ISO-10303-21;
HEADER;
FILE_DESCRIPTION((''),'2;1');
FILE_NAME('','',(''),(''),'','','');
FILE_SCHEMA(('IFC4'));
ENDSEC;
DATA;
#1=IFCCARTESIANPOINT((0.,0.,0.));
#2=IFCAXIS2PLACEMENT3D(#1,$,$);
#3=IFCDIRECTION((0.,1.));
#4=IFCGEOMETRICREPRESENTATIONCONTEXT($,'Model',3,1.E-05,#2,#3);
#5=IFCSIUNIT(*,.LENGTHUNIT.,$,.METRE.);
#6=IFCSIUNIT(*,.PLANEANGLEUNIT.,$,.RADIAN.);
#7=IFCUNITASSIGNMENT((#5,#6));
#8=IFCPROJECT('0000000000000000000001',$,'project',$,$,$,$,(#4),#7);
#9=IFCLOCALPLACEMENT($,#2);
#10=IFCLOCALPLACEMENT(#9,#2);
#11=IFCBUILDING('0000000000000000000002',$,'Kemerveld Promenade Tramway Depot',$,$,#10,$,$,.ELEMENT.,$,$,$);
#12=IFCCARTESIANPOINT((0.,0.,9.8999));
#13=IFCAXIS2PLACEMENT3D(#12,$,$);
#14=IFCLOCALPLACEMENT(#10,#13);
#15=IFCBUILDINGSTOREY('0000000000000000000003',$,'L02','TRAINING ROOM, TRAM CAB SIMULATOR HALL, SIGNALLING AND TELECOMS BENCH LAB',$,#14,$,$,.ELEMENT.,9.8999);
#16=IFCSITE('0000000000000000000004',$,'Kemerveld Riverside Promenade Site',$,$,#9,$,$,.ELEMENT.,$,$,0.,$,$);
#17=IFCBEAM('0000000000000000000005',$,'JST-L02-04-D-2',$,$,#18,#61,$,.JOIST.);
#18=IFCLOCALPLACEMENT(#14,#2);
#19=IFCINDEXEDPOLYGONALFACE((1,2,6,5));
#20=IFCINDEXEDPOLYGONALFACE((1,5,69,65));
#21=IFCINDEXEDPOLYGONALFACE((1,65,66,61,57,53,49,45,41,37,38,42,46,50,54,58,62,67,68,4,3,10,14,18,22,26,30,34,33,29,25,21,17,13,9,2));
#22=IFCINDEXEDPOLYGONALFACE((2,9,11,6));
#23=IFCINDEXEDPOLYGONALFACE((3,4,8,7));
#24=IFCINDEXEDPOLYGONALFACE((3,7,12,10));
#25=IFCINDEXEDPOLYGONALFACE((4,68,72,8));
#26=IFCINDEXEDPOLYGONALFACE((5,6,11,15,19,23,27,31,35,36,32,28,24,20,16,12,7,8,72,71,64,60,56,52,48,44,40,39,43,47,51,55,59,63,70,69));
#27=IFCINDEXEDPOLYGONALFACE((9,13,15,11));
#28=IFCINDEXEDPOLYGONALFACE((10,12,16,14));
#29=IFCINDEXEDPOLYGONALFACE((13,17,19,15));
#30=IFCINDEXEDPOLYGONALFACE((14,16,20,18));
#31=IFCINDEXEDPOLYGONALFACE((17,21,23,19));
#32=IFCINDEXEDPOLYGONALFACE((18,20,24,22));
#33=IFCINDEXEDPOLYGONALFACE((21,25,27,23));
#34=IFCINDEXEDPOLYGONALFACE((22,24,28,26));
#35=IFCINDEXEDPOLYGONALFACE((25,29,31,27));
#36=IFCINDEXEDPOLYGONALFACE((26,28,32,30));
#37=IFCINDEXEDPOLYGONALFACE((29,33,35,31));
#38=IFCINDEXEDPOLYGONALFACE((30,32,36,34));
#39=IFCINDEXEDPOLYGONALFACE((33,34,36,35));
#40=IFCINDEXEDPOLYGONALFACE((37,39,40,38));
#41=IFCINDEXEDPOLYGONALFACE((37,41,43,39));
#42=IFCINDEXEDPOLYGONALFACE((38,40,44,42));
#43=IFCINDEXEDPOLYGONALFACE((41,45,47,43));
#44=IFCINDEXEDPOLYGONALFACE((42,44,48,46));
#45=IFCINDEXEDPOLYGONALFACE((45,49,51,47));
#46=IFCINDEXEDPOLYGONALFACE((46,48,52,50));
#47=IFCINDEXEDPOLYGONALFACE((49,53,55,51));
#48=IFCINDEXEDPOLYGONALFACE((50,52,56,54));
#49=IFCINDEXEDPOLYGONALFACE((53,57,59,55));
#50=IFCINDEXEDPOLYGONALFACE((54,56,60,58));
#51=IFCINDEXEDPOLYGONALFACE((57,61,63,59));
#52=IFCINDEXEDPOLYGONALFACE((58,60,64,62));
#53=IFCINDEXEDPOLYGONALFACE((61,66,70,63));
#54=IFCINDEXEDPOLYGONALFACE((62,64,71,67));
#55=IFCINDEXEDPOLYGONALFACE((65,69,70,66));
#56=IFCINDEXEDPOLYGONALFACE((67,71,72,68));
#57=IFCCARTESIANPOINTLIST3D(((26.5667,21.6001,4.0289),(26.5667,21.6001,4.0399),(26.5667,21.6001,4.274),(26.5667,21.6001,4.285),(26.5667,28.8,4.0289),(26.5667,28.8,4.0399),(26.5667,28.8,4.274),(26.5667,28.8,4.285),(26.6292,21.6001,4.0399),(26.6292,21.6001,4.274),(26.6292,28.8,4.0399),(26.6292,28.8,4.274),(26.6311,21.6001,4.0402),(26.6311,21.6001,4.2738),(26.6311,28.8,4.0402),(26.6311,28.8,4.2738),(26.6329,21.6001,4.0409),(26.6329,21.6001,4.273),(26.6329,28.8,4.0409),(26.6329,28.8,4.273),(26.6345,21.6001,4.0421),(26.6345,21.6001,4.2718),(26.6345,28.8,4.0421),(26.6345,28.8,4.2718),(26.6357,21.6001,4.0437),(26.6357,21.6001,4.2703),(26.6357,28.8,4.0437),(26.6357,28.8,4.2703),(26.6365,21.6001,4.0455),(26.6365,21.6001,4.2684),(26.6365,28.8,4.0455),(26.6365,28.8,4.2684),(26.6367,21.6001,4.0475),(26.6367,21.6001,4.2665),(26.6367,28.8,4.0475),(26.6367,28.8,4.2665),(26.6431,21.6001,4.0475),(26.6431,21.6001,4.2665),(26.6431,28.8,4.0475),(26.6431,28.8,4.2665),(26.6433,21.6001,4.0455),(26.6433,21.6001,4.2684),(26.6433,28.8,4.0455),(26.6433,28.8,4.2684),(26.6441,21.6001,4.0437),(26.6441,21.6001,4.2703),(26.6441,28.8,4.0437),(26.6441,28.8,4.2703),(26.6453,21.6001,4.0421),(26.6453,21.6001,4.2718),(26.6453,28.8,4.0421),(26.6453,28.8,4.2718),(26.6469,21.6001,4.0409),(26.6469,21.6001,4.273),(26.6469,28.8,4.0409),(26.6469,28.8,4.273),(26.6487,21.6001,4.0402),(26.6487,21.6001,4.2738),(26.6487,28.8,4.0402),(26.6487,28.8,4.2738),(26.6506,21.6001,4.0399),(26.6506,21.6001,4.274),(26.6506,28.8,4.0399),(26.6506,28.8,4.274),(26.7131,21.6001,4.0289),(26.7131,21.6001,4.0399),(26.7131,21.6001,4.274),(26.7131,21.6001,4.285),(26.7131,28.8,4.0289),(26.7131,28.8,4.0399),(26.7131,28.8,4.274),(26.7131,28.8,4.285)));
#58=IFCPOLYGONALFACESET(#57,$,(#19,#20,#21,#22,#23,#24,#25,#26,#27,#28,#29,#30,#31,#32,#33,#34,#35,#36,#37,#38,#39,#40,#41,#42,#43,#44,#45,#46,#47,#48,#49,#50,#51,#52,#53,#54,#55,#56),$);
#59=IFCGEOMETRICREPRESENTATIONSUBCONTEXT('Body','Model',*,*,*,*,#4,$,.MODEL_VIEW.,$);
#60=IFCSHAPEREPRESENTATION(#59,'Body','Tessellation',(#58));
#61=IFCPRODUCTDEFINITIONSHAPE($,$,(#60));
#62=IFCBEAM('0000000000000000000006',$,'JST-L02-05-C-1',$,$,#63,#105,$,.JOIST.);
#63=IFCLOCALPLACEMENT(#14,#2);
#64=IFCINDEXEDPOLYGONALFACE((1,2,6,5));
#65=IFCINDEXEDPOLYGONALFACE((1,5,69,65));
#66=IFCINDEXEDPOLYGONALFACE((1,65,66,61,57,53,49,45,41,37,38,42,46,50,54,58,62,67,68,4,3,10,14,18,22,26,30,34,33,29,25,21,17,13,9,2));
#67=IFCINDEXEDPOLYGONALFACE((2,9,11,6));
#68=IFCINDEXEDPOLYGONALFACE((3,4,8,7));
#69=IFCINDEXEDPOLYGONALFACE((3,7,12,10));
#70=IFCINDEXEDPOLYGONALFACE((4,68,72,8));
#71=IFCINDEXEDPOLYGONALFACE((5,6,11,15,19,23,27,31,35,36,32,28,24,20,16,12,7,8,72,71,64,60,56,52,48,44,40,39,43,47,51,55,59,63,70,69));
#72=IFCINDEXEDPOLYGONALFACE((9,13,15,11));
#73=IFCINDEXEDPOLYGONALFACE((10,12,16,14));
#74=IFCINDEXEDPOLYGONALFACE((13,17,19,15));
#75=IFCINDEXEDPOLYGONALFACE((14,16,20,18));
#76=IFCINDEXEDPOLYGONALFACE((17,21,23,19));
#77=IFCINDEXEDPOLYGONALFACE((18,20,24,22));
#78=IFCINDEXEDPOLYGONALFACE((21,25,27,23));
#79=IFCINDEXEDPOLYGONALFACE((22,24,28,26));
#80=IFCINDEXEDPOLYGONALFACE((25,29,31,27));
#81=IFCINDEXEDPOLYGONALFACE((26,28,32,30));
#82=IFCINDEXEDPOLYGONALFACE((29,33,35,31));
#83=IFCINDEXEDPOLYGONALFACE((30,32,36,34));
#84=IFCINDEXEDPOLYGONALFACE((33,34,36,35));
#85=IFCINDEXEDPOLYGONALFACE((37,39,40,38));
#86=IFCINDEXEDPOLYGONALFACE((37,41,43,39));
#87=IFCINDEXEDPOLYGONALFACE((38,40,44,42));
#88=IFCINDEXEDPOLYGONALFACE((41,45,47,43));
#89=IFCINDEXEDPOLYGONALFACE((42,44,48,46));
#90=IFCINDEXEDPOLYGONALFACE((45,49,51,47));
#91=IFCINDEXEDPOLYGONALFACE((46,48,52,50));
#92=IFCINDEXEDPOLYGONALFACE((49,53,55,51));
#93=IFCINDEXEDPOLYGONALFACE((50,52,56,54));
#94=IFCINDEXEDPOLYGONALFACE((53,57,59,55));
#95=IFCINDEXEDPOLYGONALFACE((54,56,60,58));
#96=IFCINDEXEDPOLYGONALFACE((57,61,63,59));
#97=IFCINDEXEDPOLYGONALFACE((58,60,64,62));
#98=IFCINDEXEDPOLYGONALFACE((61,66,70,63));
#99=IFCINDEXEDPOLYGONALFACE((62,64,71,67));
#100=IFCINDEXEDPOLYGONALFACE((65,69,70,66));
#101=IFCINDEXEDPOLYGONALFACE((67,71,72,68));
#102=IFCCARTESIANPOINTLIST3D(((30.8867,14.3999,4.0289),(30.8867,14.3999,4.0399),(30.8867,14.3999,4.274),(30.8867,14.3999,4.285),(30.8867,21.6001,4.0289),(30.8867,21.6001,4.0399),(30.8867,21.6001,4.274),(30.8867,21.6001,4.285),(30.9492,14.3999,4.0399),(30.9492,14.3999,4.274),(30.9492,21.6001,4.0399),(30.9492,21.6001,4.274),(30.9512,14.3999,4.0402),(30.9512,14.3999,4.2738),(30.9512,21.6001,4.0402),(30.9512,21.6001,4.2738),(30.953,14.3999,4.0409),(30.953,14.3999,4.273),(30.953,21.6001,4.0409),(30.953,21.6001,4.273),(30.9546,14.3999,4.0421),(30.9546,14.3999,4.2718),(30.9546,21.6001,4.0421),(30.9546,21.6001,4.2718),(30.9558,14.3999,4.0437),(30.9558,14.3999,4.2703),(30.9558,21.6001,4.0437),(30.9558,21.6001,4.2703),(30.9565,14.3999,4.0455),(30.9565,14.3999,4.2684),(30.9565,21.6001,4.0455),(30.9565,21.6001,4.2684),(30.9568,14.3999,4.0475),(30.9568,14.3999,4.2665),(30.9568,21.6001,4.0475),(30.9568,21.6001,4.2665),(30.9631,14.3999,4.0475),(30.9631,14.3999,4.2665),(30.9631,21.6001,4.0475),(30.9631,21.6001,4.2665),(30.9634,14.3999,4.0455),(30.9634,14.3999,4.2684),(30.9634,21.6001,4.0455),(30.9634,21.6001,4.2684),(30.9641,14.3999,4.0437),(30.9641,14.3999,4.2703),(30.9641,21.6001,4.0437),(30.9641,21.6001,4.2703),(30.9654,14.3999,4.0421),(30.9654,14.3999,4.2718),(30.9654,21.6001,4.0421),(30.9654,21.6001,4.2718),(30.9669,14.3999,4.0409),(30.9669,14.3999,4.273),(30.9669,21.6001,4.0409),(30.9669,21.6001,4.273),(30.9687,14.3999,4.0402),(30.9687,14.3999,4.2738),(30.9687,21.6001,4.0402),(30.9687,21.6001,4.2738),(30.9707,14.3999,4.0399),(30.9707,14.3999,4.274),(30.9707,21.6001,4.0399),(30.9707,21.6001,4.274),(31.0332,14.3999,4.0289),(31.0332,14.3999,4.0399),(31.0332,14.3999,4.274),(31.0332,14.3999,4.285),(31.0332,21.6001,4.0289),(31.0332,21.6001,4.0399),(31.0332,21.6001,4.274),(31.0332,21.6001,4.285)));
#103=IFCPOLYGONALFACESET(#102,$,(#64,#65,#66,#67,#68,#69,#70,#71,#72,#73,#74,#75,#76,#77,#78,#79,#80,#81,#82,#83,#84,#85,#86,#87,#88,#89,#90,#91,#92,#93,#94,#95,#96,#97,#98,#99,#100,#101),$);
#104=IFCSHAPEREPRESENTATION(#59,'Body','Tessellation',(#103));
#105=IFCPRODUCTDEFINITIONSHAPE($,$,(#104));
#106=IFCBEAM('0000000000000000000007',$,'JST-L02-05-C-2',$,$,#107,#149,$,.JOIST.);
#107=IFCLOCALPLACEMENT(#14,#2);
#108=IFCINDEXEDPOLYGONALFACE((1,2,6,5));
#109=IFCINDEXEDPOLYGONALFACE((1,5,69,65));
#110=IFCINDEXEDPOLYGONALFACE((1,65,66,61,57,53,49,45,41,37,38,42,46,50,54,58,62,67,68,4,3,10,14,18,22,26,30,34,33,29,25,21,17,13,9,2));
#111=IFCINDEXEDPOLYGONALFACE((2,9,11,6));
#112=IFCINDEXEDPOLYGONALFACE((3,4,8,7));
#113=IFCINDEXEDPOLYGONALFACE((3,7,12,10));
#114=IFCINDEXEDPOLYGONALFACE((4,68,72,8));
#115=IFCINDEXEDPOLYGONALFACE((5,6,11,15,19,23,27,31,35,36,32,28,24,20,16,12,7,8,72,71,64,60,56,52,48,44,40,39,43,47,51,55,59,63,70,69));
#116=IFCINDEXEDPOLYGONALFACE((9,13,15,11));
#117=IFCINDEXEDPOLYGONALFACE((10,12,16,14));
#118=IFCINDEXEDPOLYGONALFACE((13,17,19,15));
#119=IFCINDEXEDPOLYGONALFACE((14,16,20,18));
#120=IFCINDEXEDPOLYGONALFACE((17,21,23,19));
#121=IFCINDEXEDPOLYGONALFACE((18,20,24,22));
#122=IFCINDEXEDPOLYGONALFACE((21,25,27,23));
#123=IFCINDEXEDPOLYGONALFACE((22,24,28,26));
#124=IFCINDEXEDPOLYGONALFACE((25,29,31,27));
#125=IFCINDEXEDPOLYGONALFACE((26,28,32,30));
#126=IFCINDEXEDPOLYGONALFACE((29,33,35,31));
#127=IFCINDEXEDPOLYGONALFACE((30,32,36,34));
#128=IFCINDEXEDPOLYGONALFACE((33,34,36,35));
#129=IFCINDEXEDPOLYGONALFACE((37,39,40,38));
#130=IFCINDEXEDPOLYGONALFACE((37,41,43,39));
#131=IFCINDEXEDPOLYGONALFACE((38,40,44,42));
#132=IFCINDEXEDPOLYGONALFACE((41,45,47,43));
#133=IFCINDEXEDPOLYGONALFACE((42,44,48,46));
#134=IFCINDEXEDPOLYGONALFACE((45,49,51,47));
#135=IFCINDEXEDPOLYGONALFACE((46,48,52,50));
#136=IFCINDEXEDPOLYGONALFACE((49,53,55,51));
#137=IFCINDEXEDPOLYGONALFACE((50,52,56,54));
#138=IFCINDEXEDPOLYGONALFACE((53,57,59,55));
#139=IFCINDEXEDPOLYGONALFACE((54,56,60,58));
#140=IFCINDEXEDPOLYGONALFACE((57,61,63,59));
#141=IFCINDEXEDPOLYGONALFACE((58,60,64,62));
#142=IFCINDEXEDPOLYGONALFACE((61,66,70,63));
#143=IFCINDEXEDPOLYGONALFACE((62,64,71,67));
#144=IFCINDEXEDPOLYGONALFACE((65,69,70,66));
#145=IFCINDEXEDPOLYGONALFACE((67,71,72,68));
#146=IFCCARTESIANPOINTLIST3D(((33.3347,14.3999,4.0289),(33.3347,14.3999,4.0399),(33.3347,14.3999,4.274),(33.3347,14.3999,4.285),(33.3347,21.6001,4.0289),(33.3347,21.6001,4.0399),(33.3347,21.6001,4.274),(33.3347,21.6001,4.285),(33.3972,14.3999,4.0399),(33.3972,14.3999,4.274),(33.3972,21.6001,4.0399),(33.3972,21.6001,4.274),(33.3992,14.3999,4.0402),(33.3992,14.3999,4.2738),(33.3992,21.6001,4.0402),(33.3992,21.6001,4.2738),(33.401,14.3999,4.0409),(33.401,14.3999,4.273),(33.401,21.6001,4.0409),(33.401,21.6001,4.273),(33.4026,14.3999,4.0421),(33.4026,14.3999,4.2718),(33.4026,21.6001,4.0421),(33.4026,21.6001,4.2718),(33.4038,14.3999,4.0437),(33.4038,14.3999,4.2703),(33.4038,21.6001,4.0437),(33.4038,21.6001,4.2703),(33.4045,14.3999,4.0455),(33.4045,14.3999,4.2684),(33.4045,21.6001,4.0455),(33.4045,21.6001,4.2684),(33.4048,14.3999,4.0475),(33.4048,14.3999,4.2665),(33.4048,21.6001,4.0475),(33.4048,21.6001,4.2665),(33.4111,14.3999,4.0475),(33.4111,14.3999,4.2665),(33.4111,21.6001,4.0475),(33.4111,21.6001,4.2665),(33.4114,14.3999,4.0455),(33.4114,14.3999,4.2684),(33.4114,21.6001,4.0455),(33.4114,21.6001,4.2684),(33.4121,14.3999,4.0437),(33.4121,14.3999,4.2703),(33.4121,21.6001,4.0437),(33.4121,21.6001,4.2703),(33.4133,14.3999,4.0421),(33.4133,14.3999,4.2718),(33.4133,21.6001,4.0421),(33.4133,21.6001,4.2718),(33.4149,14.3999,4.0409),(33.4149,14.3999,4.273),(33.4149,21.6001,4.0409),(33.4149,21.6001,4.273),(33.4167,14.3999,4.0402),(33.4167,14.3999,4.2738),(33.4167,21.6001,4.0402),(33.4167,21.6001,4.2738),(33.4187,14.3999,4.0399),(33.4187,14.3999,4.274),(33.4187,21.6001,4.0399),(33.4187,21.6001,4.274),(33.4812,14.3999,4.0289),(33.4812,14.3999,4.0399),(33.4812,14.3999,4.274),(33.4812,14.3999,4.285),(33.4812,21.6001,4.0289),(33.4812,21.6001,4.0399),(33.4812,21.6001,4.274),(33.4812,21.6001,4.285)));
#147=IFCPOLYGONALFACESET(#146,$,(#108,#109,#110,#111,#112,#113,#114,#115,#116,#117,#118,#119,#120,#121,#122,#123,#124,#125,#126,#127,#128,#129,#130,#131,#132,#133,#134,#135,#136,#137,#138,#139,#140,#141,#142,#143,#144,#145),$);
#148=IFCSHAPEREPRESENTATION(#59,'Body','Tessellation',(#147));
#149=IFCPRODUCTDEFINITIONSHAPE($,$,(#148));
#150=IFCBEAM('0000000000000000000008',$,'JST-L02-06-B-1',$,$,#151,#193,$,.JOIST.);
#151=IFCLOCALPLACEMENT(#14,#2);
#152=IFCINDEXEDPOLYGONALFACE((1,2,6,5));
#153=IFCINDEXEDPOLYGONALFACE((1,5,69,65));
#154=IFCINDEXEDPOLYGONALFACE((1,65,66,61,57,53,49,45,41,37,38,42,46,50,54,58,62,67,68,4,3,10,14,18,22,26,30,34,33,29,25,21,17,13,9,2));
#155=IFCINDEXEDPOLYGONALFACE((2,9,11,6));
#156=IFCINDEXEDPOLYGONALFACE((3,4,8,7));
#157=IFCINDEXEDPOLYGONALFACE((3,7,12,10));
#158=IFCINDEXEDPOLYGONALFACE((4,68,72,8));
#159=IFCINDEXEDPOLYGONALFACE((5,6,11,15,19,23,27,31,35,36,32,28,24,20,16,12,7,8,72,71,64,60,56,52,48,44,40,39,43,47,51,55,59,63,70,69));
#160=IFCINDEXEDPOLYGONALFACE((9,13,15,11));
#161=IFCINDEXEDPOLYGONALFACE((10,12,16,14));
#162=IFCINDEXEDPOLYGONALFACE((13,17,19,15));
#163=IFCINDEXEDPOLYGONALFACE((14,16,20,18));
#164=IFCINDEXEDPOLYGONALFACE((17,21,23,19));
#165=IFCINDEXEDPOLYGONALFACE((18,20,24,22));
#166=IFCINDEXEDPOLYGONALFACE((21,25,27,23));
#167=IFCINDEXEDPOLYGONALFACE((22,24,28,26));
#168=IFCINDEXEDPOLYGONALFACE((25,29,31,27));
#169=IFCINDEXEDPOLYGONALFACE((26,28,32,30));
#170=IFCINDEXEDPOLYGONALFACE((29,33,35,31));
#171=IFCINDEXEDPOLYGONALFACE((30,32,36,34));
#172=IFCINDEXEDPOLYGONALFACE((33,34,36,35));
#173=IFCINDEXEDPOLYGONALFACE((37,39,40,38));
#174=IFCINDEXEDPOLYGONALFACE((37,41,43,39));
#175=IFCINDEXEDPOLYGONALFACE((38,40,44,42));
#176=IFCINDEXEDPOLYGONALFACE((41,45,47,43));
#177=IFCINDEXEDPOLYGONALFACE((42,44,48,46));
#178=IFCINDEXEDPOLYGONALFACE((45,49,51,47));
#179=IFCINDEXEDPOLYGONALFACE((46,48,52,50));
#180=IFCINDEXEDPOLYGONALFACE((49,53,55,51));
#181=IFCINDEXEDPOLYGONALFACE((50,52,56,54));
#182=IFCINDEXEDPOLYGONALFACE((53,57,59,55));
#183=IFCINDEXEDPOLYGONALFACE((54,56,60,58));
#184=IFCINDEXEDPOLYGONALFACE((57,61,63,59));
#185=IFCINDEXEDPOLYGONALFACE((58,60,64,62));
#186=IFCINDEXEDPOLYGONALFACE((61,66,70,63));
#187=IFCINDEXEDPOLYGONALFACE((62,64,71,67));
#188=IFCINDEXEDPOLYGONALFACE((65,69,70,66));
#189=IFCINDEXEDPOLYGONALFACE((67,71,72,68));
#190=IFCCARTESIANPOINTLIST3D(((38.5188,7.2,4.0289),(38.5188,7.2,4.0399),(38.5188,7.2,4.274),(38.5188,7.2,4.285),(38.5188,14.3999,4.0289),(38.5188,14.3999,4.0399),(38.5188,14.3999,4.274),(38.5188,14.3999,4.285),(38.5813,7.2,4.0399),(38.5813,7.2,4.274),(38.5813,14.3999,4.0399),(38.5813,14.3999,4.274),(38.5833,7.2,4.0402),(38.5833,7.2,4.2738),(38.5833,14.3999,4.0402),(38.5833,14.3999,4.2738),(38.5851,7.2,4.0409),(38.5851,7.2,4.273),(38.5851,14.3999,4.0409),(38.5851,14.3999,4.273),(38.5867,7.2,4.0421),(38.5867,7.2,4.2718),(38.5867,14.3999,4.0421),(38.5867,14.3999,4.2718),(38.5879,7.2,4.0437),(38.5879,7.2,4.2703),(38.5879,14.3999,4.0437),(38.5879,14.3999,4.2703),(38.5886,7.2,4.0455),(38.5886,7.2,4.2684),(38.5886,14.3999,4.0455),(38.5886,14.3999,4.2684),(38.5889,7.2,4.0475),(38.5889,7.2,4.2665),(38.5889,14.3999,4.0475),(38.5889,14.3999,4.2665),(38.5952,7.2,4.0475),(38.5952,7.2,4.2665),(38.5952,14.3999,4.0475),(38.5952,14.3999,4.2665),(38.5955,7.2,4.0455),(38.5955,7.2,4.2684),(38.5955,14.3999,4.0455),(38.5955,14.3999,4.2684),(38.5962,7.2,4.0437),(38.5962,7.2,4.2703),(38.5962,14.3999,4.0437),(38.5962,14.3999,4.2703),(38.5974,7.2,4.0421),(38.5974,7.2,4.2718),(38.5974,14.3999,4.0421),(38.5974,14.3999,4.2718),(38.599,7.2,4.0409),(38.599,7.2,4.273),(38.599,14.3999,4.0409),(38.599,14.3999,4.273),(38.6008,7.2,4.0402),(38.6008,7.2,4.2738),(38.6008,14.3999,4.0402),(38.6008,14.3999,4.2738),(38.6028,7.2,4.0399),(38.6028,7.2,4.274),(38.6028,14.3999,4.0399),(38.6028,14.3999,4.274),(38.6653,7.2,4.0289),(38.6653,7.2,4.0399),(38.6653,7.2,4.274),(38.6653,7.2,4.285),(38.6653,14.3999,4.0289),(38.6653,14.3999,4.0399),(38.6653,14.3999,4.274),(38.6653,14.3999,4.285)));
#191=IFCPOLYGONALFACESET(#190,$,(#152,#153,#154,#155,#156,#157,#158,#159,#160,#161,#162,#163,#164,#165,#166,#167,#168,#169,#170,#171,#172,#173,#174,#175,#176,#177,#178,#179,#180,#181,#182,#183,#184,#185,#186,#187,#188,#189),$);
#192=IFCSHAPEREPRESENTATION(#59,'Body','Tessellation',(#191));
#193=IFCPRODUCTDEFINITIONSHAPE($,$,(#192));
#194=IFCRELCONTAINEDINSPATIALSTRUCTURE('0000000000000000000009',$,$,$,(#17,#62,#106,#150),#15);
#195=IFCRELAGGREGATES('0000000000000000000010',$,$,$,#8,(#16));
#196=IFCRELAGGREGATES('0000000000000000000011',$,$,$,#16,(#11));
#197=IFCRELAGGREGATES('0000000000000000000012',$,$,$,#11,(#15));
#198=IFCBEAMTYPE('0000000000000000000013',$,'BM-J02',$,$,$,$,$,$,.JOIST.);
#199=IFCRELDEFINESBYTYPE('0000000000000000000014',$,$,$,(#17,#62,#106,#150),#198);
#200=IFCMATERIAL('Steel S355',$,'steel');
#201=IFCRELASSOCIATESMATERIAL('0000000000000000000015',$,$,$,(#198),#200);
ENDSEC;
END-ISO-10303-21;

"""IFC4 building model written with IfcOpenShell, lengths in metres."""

from ifc_helpers import new_model, si_unit, direction, frame, origin, origin_2d, place, context, subcontext, project, spatial, i_section, extrude, material, material_profile, profile_set, type_object, element, save


model = new_model("IFC4")

# Units and contexts
model_context = context("Model", 3, precision=1e-05, world=origin(), true_north=direction((0.0, 1.0)))
body_context = subcontext(model_context, "Body", "Model", "MODEL_VIEW")
ifc_project = project(units=[si_unit("LENGTHUNIT", "METRE"), si_unit("PLANEANGLEUNIT", "RADIAN")], contexts=[model_context])

# Site, building, storey
site_placement = place(None, origin())
site = spatial("IfcSite", under=ifc_project, at=site_placement, Name="Kemerveld Riverside Promenade Site", CompositionType="ELEMENT", RefElevation=0.0)
building_placement = place(site_placement, origin())
building = spatial("IfcBuilding", under=site, at=building_placement, Name="Kemerveld Promenade Tramway Depot", CompositionType="ELEMENT")
storey_placement = place(building_placement, frame((0.0, 0.0, 9.8999)))
storey = spatial("IfcBuildingStorey", under=building, at=storey_placement, Name="L02", Description="TRAINING ROOM, TRAM CAB SIMULATOR HALL, SIGNALLING AND TELECOMS BENCH LAB", CompositionType="ELEMENT", Elevation=9.8999)

# Shared definitions
ifc_material_1 = material(Name="Steel S355", Category="steel")

# Beams
ifc_material_profile_1 = material_profile(ifc_material_1, i_section(OverallWidth=0.1465, OverallDepth=0.2561, WebThickness=0.0063, FlangeThickness=0.011, FilletRadius=0.0076, at=origin_2d()), Name="254x146x37 UB")
ifc_profile_set_1 = profile_set([ifc_material_profile_1], Name="Steel S355")
beam_type_1 = type_object("IfcBeamType", Name="BM-J02", PredefinedType="JOIST", material=ifc_profile_set_1)
for number, where, z_axis, x_axis, name in (
    (1, (26.6399, 21.6001, 4.157), (0.0, 1.0, 0.0), (-1.0, 0.0, 0.0), "JST-L02-04-D-2"),
):
    element("IfcBeam", number, at=place(storey_placement, frame(where, z_axis=z_axis, x_axis=x_axis)), inside=storey, type_object=beam_type_1, Name=name, PredefinedType="JOIST", context=body_context, shape_type="SweptSolid", body=[
        extrude(i_section(OverallWidth=0.1465, OverallDepth=0.2561, WebThickness=0.0063, FlangeThickness=0.011, FilletRadius=0.0076, at=origin_2d()), origin(), (0.0, 0.0, 1.0), 7.2),
    ])
for number, where, z_axis, x_axis, name in (
    (2, (30.96, 14.3999, 4.157), (0.0, 1.0, 0.0), (-1.0, 0.0, 0.0), "JST-L02-05-C-1"),
    (3, (33.408, 14.3999, 4.157), (0.0, 1.0, 0.0), (-1.0, 0.0, 0.0), "JST-L02-05-C-2"),
):
    element("IfcBeam", number, at=place(storey_placement, frame(where, z_axis=z_axis, x_axis=x_axis)), inside=storey, type_object=beam_type_1, Name=name, PredefinedType="JOIST", context=body_context, shape_type="SweptSolid", body=[
        extrude(i_section(OverallWidth=0.1465, OverallDepth=0.2561, WebThickness=0.0063, FlangeThickness=0.011, FilletRadius=0.0076, at=origin_2d()), origin(), (0.0, 0.0, 1.0), 7.2002),
    ])
for number, where, z_axis, x_axis, name in (
    (4, (38.592, 7.2, 4.157), (0.0, 1.0, 0.0), (-1.0, 0.0, 0.0), "JST-L02-06-B-1"),
):
    element("IfcBeam", number, at=place(storey_placement, frame(where, z_axis=z_axis, x_axis=x_axis)), inside=storey, type_object=beam_type_1, Name=name, PredefinedType="JOIST", context=body_context, shape_type="SweptSolid", body=[
        extrude(i_section(OverallWidth=0.1465, OverallDepth=0.2561, WebThickness=0.0063, FlangeThickness=0.011, FilletRadius=0.0076, at=origin_2d()), origin(), (0.0, 0.0, 1.0), 7.2),
    ])

save(model, "model.ifc")
